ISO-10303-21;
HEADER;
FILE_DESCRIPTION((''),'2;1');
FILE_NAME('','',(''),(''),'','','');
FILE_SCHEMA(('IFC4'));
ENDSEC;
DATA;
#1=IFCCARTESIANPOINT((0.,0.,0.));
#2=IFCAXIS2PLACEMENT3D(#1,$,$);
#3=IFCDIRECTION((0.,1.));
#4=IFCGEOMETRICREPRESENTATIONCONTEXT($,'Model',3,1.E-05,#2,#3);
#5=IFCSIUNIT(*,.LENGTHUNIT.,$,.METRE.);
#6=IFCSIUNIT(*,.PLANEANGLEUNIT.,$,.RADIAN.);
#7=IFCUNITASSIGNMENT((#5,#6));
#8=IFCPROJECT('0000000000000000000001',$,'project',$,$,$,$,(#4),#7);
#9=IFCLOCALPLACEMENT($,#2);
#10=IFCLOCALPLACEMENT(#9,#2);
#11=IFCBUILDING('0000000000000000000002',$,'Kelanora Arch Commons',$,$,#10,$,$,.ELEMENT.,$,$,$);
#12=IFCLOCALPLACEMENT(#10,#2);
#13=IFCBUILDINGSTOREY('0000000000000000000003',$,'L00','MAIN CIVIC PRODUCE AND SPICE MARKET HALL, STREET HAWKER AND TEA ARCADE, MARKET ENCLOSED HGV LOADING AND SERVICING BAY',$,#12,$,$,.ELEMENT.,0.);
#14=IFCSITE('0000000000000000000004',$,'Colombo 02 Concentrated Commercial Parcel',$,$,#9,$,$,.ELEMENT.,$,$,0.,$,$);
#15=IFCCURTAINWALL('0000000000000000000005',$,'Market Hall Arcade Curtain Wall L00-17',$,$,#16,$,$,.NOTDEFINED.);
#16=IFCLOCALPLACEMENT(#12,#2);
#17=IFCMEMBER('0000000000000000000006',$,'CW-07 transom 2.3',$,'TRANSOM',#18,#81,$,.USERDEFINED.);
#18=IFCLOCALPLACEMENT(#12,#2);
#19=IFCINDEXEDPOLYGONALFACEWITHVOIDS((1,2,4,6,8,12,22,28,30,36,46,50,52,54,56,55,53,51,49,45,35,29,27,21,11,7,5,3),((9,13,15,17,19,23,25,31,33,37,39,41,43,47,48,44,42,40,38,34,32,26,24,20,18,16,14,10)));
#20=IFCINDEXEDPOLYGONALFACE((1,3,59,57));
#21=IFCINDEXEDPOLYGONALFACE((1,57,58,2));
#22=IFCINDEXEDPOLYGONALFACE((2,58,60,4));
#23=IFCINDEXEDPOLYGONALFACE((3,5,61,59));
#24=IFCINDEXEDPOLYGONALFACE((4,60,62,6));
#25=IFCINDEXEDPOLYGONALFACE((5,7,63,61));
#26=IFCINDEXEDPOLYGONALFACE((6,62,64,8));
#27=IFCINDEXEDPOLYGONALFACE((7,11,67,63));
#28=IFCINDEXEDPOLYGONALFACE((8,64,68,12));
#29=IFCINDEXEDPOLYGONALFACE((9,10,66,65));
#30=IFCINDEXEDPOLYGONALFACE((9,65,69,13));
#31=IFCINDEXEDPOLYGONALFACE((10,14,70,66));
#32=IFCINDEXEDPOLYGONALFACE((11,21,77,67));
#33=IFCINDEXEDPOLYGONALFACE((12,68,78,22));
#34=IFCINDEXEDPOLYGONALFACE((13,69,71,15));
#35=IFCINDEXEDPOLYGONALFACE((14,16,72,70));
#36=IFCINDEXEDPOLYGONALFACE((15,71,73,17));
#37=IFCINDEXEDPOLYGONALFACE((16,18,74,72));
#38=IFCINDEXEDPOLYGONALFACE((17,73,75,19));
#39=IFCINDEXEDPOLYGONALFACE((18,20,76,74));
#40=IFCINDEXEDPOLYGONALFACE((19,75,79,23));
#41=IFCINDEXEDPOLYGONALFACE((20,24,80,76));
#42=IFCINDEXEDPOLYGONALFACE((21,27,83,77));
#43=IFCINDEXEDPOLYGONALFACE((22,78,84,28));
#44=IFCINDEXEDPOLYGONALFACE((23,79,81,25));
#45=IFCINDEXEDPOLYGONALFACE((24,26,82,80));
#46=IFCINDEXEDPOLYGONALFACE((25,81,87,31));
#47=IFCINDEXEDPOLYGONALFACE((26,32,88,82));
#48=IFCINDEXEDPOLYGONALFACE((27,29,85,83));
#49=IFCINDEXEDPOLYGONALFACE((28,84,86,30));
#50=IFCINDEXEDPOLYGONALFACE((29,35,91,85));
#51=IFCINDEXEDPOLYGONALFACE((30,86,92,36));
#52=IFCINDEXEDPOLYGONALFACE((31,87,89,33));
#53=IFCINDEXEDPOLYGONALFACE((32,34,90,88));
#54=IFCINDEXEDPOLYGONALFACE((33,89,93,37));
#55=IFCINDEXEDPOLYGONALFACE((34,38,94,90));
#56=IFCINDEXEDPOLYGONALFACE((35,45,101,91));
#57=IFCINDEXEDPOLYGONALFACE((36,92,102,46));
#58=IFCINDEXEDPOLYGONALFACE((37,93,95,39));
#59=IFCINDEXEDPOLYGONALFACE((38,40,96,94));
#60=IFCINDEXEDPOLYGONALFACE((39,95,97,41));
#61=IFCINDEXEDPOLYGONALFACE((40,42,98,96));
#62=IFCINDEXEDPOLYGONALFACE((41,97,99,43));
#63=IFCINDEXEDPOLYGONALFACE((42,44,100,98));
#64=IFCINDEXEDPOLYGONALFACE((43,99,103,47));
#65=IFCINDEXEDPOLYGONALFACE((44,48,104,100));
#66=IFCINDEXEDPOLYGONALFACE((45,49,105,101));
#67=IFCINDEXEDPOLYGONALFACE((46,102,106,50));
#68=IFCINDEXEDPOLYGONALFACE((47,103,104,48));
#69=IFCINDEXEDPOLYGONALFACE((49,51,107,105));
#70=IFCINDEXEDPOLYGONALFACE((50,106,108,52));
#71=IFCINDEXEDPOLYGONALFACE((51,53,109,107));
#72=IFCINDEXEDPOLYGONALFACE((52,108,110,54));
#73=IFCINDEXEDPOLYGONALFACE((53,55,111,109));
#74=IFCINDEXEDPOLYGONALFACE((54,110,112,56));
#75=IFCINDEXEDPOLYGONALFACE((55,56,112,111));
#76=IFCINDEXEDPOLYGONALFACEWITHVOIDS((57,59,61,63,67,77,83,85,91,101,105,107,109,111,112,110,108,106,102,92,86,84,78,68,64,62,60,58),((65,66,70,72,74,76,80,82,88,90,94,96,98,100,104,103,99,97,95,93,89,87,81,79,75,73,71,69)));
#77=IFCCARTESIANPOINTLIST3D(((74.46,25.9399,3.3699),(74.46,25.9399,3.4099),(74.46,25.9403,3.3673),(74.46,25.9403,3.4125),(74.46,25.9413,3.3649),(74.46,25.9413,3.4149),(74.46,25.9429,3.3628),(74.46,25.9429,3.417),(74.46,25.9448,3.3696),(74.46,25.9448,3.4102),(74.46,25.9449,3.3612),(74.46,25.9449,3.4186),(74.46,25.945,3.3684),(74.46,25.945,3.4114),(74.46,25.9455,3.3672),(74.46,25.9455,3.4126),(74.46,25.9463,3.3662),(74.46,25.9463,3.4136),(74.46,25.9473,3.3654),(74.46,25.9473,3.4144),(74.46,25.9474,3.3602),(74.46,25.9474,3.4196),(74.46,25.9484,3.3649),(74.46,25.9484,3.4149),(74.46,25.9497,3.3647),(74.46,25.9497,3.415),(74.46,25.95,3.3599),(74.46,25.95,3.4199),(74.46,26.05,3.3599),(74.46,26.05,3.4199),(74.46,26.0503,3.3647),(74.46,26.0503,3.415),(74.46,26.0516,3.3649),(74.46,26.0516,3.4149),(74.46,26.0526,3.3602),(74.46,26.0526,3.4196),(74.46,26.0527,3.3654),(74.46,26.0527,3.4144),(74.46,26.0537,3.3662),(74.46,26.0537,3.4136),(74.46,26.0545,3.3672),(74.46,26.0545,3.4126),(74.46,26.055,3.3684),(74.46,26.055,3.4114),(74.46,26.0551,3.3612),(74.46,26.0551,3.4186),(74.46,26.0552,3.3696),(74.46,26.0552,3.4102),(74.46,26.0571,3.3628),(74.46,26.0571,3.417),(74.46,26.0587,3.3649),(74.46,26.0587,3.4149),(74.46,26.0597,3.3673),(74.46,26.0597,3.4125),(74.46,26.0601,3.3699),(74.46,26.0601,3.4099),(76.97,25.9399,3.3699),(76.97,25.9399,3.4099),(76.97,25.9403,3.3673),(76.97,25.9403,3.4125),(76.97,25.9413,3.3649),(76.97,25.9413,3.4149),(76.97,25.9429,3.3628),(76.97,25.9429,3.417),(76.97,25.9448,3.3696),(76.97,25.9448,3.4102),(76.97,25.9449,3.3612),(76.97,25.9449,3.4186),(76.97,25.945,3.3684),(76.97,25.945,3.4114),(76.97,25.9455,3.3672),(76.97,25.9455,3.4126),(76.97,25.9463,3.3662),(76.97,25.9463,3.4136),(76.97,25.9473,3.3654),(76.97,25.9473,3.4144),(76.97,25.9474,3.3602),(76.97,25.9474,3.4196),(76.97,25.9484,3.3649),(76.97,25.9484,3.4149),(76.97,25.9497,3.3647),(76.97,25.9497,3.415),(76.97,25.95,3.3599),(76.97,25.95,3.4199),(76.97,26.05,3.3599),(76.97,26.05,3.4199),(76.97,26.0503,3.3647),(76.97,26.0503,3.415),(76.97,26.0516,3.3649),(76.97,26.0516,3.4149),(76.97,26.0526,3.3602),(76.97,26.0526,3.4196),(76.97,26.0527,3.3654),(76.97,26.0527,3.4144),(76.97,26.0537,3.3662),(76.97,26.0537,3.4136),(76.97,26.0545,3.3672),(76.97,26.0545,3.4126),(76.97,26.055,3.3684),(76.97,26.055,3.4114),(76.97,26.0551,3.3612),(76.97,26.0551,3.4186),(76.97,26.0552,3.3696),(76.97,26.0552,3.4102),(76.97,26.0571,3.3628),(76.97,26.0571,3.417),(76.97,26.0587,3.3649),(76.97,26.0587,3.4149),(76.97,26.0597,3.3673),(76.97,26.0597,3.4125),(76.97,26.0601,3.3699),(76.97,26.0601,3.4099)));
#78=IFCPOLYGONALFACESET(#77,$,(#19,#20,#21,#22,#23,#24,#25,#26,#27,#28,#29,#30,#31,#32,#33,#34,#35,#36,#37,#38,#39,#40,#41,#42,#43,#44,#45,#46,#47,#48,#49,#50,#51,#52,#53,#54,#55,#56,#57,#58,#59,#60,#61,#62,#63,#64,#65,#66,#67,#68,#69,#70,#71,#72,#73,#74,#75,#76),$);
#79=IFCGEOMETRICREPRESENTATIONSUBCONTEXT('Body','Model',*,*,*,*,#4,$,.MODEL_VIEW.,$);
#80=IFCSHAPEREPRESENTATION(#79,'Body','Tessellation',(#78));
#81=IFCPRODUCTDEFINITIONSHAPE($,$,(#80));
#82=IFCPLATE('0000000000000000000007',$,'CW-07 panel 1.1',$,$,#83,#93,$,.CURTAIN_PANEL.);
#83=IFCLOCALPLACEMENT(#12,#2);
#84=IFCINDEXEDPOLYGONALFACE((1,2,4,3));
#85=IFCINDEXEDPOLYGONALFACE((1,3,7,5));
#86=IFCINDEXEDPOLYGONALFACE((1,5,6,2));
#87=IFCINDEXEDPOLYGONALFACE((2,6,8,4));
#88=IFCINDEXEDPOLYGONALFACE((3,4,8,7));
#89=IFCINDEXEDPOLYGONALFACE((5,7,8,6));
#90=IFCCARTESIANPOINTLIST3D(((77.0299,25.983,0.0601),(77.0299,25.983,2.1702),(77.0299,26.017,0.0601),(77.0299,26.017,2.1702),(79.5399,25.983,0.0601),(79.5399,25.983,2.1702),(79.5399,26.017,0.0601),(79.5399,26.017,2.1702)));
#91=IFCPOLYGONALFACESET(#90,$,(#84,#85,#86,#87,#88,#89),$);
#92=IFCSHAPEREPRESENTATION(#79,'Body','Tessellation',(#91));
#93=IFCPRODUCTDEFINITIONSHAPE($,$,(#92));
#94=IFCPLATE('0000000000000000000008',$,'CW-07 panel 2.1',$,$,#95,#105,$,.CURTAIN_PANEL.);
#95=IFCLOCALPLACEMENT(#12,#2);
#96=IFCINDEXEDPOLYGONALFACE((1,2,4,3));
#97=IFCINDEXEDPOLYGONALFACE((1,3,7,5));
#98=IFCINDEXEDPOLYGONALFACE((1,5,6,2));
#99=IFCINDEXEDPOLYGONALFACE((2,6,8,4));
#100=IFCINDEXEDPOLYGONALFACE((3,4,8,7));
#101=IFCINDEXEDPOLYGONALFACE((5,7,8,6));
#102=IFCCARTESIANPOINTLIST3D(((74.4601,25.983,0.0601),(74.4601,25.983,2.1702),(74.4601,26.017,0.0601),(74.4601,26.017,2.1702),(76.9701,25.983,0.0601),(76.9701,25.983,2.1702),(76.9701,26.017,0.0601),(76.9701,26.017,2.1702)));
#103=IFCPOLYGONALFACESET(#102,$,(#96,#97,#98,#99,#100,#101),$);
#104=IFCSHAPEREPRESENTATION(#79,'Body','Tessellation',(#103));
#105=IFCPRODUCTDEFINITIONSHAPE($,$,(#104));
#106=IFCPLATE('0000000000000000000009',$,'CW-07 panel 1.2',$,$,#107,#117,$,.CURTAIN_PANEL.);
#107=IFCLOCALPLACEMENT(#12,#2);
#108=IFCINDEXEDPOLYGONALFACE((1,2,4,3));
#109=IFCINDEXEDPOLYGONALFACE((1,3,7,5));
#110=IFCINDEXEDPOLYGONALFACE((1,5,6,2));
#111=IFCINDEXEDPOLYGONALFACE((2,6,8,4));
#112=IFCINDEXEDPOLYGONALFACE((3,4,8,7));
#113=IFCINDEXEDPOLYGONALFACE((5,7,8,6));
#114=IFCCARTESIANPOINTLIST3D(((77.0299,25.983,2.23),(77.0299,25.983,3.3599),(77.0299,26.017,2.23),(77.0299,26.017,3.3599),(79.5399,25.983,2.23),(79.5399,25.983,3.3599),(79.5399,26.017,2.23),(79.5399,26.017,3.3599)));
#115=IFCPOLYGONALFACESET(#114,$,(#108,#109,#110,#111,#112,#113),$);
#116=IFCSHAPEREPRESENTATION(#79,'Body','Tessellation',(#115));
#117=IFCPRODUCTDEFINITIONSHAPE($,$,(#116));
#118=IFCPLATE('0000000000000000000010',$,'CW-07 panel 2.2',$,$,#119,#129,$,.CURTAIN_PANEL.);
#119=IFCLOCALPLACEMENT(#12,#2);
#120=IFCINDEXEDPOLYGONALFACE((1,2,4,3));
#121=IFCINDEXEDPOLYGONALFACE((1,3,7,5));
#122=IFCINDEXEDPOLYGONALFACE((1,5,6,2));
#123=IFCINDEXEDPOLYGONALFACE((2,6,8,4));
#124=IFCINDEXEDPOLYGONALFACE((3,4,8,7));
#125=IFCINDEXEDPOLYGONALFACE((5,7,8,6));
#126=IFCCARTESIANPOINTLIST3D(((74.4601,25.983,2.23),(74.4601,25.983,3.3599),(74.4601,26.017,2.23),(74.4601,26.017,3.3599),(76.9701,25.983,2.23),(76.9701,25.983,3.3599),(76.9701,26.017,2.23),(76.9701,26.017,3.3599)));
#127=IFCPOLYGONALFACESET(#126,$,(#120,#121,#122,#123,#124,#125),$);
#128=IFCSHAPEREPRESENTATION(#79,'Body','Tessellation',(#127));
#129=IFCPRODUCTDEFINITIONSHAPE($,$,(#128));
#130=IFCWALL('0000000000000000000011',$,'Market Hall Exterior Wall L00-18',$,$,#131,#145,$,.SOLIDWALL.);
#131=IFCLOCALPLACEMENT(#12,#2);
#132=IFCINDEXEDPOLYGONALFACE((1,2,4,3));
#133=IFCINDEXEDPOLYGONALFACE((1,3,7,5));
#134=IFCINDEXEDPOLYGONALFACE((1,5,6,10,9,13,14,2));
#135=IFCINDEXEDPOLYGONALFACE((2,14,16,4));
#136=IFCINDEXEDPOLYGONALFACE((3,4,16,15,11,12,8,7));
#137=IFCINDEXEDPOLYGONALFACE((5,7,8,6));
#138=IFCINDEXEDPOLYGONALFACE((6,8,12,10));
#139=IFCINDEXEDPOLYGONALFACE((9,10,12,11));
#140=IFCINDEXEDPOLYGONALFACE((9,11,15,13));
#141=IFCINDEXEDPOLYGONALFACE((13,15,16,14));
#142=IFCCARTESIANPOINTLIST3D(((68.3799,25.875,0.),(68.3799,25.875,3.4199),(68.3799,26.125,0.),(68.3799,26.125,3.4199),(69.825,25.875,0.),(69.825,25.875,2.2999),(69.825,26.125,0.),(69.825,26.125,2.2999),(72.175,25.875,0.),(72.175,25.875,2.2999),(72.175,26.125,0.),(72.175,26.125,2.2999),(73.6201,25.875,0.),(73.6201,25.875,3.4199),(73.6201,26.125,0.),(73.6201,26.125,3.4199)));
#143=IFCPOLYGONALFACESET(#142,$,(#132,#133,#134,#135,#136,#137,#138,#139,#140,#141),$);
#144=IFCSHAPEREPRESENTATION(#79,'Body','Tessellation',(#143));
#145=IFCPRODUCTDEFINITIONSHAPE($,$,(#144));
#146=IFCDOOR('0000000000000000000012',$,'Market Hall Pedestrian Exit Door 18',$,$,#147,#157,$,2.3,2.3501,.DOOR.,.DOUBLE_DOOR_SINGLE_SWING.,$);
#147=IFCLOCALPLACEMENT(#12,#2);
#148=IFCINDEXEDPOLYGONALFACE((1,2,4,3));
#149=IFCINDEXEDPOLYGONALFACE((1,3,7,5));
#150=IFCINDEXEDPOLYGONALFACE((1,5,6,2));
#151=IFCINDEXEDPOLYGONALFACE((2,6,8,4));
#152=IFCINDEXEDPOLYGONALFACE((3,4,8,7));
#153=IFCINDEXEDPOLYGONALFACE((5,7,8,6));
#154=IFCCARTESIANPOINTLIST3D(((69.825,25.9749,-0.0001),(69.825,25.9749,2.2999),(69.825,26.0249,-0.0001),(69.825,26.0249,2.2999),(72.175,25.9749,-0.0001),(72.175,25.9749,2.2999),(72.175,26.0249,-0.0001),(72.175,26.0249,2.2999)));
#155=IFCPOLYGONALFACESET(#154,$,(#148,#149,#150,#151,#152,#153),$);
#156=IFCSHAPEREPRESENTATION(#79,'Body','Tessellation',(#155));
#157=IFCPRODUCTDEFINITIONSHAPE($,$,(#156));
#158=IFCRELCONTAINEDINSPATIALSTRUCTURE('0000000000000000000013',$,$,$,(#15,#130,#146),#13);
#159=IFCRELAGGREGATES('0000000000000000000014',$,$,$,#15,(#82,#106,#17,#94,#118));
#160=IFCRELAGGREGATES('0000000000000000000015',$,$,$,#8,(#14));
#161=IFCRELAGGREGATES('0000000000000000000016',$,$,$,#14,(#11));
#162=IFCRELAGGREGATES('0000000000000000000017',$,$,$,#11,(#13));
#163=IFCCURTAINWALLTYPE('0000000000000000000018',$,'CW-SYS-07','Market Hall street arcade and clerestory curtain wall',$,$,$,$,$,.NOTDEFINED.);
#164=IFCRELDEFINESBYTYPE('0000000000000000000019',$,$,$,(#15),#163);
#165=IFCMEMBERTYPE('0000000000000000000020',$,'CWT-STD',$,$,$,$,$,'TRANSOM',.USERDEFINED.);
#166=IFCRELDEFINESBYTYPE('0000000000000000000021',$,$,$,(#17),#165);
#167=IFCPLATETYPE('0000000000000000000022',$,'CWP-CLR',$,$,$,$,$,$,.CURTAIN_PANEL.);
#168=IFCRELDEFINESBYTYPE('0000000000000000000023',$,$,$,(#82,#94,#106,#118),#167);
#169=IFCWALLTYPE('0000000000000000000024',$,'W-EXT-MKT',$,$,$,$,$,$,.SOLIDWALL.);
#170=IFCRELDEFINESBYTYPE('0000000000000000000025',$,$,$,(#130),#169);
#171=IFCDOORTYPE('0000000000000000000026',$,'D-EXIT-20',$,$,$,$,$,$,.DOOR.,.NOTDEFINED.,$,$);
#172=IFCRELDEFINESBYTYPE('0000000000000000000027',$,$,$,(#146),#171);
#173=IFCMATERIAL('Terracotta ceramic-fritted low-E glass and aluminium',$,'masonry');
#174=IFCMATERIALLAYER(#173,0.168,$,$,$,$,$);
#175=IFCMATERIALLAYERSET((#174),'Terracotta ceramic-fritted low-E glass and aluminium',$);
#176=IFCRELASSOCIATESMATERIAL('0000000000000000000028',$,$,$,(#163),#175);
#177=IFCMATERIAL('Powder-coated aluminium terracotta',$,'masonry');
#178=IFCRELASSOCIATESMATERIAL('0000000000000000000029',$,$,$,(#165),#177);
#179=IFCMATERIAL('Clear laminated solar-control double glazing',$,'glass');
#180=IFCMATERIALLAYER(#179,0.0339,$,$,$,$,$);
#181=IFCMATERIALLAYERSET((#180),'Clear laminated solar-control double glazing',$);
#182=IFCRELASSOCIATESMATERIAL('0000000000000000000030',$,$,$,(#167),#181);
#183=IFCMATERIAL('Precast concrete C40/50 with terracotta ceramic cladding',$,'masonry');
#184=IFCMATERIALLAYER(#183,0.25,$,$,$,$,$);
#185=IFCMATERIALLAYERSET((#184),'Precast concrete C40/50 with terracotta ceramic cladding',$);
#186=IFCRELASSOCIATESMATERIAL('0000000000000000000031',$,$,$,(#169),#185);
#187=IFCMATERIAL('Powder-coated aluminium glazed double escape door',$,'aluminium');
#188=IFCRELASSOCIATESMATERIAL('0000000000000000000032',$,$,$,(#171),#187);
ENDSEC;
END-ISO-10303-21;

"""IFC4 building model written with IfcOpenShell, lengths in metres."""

from ifc_helpers import new_model, si_unit, direction, frame, frame_2d, origin, origin_2d, place, context, subcontext, project, spatial, rectangle, hollow_rectangle, extrude, source, transform, mapped, material, layer, layer_set, material_profile, profile_set, type_object, element, fill, aggregate, save


model = new_model("IFC4")

# Units and contexts
model_context = context("Model", 3, precision=1e-05, world=origin(), true_north=direction((0.0, 1.0)))
body_context = subcontext(model_context, "Body", "Model", "MODEL_VIEW")
ifc_project = project(units=[si_unit("LENGTHUNIT", "METRE"), si_unit("PLANEANGLEUNIT", "RADIAN")], contexts=[model_context])

# Site, building, storey
site_placement = place(None, origin())
site = spatial("IfcSite", under=ifc_project, at=site_placement, Name="Colombo 02 Concentrated Commercial Parcel", CompositionType="ELEMENT", RefElevation=0.0)
building_placement = place(site_placement, origin())
building = spatial("IfcBuilding", under=site, at=building_placement, Name="Kelanora Arch Commons", CompositionType="ELEMENT")
storey_placement = place(building_placement, origin())
storey = spatial("IfcBuildingStorey", under=building, at=storey_placement, Name="L00", Description="MAIN CIVIC PRODUCE AND SPICE MARKET HALL, STREET HAWKER AND TEA ARCADE, MARKET ENCLOSED HGV LOADING AND SERVICING BAY", CompositionType="ELEMENT", Elevation=0.0)

# Curtain wall, member, plates
ifc_material_1 = material(Name="Terracotta ceramic-fritted low-E glass and aluminium", Category="masonry")
ifc_layer_1 = layer(ifc_material_1, 0.168)
ifc_layer_set_1 = layer_set([ifc_layer_1], Name="Terracotta ceramic-fritted low-E glass and aluminium")
curtain_wall_type = type_object("IfcCurtainWallType", Name="CW-SYS-07", Description="Market Hall street arcade and clerestory curtain wall", PredefinedType="NOTDEFINED", material=ifc_layer_set_1)
curtain_wall_placement = place(storey_placement, origin())
curtain_wall = element("IfcCurtainWall", 1, at=curtain_wall_placement, inside=storey, type_object=curtain_wall_type, Name="Market Hall Arcade Curtain Wall L00-17", PredefinedType="NOTDEFINED")
ifc_material_2 = material(Name="Powder-coated aluminium terracotta", Category="masonry")
ifc_material_profile_1 = material_profile(ifc_material_2, hollow_rectangle(XDim=0.1201, YDim=0.0601, WallThickness=0.0049, InnerFilletRadius=0.0049, OuterFilletRadius=0.01, at=origin_2d()), Name="CWT120x60")
ifc_profile_set_1 = profile_set([ifc_material_profile_1], Name="Powder-coated aluminium terracotta")
member_type_1 = type_object("IfcMemberType", Name="CWT-STD", ElementType="TRANSOM", PredefinedType="USERDEFINED", material=ifc_profile_set_1)
member_1_placement = place(storey_placement, frame((76.97, 26.0, 3.3899), z_axis=(-1.0, 0.0, 0.0), x_axis=(0.0, -1.0, 0.0)))
member_1 = element("IfcMember", 2, at=member_1_placement, type_object=member_type_1, Name="CW-07 transom 2.3", ObjectType="TRANSOM", PredefinedType="USERDEFINED", context=body_context, shape_type="SweptSolid", body=[
    extrude(hollow_rectangle(XDim=0.1201, YDim=0.0601, WallThickness=0.0049, InnerFilletRadius=0.0049, OuterFilletRadius=0.01, at=origin_2d()), origin(), (0.0, 0.0, 1.0), 2.51),
])
ifc_material_3 = material(Name="Clear laminated solar-control double glazing", Category="glass")
ifc_layer_2 = layer(ifc_material_3, 0.0339)
ifc_layer_set_2 = layer_set([ifc_layer_2], Name="Clear laminated solar-control double glazing")
plate_type = type_object("IfcPlateType", Name="CWP-CLR", PredefinedType="CURTAIN_PANEL", material=ifc_layer_set_2)
shared_shape_1 = source(origin(), body_context, "Body", "SweptSolid", [
    extrude(rectangle(XDim=2.51, YDim=0.0339, at=origin_2d()), origin(), (0.0, 0.0, 1.0), 2.1101),
])
plate_1_placement = place(storey_placement, frame((78.2849, 26.0, 0.0601), z_axis=(0.0, 0.0, 1.0), x_axis=(-1.0, 0.0, 0.0)))
plate_1 = element("IfcPlate", 3, at=plate_1_placement, type_object=plate_type, Name="CW-07 panel 1.1", PredefinedType="CURTAIN_PANEL", context=body_context, shape_type="MappedRepresentation", body=[
    mapped(shared_shape_1, transform((0.0, 0.0, 0.0), scale=1.0)),
])
plate_2_placement = place(storey_placement, frame((75.7151, 26.0, 0.0601), z_axis=(0.0, 0.0, 1.0), x_axis=(-1.0, 0.0, 0.0)))
plate_2 = element("IfcPlate", 4, at=plate_2_placement, type_object=plate_type, Name="CW-07 panel 2.1", PredefinedType="CURTAIN_PANEL", context=body_context, shape_type="MappedRepresentation", body=[
    mapped(shared_shape_1, transform((0.0, 0.0, 0.0), scale=1.0)),
])
shared_shape_2 = source(origin(), body_context, "Body", "SweptSolid", [
    extrude(rectangle(XDim=2.51, YDim=0.0339, at=origin_2d()), origin(), (0.0, 0.0, 1.0), 1.1299),
])
plate_3_placement = place(storey_placement, frame((78.2849, 26.0, 2.23), z_axis=(0.0, 0.0, 1.0), x_axis=(-1.0, 0.0, 0.0)))
plate_3 = element("IfcPlate", 5, at=plate_3_placement, type_object=plate_type, Name="CW-07 panel 1.2", PredefinedType="CURTAIN_PANEL", context=body_context, shape_type="MappedRepresentation", body=[
    mapped(shared_shape_2, transform((0.0, 0.0, 0.0), scale=1.0)),
])
plate_4_placement = place(storey_placement, frame((75.7151, 26.0, 2.23), z_axis=(0.0, 0.0, 1.0), x_axis=(-1.0, 0.0, 0.0)))
plate_4 = element("IfcPlate", 6, at=plate_4_placement, type_object=plate_type, Name="CW-07 panel 2.2", PredefinedType="CURTAIN_PANEL", context=body_context, shape_type="MappedRepresentation", body=[
    mapped(shared_shape_2, transform((0.0, 0.0, 0.0), scale=1.0)),
])
aggregate(curtain_wall, [plate_1, plate_3, member_1, plate_2, plate_4])

# Wall, opening, door
ifc_material_4 = material(Name="Precast concrete C40/50 with terracotta ceramic cladding", Category="masonry")
ifc_layer_3 = layer(ifc_material_4, 0.25)
ifc_layer_set_3 = layer_set([ifc_layer_3], Name="Precast concrete C40/50 with terracotta ceramic cladding")
wall_type_1 = type_object("IfcWallType", Name="W-EXT-MKT", PredefinedType="SOLIDWALL", material=ifc_layer_set_3)
wall_1_placement = place(storey_placement, frame((73.6201, 26.0, 0.0), z_axis=(0.0, 0.0, 1.0), x_axis=(-1.0, 0.0, 0.0)))
wall_1 = element("IfcWall", 7, at=wall_1_placement, inside=storey, type_object=wall_type_1, Name="Market Hall Exterior Wall L00-18", PredefinedType="SOLIDWALL", context=body_context, shape_type="SweptSolid", body=[
    extrude(rectangle(XDim=5.2402, YDim=0.25, at=frame_2d((2.6201, 0.0))), origin(), (0.0, 0.0, 1.0), 3.4199),
])
opening_1_placement = place(wall_1_placement, frame((1.4451, 0.0, 0.0)))
opening_1 = element("IfcOpeningElement", 8, at=opening_1_placement, cuts=wall_1, PredefinedType="OPENING", context=body_context, shape_type="SweptSolid", body=[
    extrude(rectangle(XDim=2.3501, YDim=2.3, at=frame_2d((1.175, 1.1499))), frame((0.0, 0.135, 0.0), z_axis=(0.0, -1.0, 0.0), x_axis=(1.0, 0.0, 0.0)), (0.0, 0.0, 1.0), 0.27),
])
ifc_material_5 = material(Name="Powder-coated aluminium glazed double escape door", Category="aluminium")
door_type = type_object("IfcDoorType", Name="D-EXIT-20", OperationType="NOTDEFINED", PredefinedType="DOOR", material=ifc_material_5)
door_placement = place(opening_1_placement, frame((2.3501, 0.0, 0.0), z_axis=(0.0, 0.0, 1.0), x_axis=(-1.0, 0.0, 0.0)))
door = element("IfcDoor", 9, at=door_placement, inside=storey, type_object=door_type, Name="Market Hall Pedestrian Exit Door 18", OperationType="DOUBLE_DOOR_SINGLE_SWING", OverallHeight=2.3, OverallWidth=2.3501, PredefinedType="DOOR", context=body_context, shape_type="SweptSolid", body=[
    extrude(rectangle(XDim=2.3501, YDim=2.3, at=frame_2d((1.175, 1.1499))), frame((0.0, 0.0249, 0.0), z_axis=(0.0, -1.0, 0.0), x_axis=(1.0, 0.0, 0.0)), (0.0, 0.0, 1.0), 0.05),
])
fill(opening_1, door)

save(model, "model.ifc")
